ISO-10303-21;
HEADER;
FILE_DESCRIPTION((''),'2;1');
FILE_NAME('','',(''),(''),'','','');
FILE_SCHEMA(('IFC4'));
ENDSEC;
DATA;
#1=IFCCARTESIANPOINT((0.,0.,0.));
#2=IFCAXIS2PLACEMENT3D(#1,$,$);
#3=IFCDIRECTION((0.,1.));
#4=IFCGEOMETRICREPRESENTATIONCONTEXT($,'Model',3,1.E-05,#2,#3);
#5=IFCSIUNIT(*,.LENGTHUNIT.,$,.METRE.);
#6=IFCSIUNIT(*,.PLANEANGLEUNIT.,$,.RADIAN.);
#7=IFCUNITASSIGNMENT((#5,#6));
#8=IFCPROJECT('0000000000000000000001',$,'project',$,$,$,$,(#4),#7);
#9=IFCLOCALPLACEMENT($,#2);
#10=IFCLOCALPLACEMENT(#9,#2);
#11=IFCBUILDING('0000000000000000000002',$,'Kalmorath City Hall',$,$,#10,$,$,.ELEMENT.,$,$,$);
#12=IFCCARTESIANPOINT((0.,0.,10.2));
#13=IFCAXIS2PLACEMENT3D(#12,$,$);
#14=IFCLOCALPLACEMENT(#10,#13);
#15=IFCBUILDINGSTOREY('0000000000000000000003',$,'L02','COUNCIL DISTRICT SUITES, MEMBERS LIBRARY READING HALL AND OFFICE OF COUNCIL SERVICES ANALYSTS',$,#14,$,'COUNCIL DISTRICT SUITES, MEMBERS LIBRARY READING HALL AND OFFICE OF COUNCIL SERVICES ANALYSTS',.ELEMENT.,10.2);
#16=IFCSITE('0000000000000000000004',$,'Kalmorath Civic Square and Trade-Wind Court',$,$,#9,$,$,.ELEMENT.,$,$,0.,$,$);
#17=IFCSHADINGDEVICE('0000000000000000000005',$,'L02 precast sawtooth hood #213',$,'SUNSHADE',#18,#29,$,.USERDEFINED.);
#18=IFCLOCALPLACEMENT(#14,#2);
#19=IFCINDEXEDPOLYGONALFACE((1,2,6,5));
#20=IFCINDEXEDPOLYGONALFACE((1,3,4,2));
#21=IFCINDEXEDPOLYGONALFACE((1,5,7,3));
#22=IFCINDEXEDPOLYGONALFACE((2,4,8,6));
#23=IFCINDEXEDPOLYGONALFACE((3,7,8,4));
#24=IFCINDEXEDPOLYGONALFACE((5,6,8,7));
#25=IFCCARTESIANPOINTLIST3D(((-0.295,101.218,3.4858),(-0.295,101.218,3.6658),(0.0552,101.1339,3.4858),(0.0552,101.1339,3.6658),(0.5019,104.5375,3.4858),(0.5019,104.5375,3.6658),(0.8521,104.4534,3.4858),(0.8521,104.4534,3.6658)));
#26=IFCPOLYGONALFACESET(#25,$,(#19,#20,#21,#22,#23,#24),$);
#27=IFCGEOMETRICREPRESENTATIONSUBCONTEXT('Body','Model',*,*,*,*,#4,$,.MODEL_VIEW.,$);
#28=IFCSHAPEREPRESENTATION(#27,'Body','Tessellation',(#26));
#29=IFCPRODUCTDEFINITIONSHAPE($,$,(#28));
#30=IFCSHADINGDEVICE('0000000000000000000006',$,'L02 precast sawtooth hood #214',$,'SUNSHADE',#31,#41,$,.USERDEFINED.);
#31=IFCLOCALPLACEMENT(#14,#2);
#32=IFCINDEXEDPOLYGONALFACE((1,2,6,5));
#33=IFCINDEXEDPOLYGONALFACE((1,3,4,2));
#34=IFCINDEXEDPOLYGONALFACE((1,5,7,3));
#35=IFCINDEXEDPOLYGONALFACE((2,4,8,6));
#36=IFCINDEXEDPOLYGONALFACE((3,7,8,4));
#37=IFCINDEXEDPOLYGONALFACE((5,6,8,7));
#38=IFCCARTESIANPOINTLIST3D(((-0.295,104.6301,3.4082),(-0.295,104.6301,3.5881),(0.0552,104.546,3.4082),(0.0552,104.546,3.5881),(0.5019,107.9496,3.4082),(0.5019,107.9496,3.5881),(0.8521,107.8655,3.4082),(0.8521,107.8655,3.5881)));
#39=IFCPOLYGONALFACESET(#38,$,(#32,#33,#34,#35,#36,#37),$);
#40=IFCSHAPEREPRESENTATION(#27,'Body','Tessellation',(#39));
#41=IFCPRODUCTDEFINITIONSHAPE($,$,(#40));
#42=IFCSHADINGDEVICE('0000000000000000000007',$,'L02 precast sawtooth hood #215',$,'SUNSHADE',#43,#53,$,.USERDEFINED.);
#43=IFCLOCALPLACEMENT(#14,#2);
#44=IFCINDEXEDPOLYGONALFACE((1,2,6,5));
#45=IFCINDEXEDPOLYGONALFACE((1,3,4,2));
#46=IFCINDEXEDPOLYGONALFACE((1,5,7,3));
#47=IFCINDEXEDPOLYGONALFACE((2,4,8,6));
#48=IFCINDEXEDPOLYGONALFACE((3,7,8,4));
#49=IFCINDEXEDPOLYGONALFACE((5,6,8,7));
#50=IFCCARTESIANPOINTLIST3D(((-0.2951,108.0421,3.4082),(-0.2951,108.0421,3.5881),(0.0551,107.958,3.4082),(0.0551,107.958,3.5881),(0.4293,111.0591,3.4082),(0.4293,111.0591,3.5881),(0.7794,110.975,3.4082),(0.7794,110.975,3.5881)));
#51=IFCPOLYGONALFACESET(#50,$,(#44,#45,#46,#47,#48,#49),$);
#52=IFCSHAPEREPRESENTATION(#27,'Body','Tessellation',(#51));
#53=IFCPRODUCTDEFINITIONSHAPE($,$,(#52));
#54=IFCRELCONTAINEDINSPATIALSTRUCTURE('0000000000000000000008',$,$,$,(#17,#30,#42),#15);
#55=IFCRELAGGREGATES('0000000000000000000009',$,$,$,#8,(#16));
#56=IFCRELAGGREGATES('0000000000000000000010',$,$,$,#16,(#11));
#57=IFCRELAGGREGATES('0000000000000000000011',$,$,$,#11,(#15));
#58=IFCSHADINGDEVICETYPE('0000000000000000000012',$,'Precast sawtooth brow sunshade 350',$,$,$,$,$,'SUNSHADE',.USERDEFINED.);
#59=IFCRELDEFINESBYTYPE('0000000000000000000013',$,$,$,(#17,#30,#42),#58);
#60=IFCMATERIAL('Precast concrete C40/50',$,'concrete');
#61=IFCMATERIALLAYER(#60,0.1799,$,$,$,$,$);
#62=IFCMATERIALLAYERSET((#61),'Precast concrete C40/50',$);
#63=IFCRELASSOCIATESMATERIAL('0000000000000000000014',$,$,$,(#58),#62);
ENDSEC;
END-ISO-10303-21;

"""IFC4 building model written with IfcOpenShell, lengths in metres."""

from ifc_helpers import new_model, si_unit, direction, frame, origin, origin_2d, place, context, subcontext, project, spatial, rectangle, extrude, material, layer, layer_set, type_object, element, save


model = new_model("IFC4")

# Units and contexts
model_context = context("Model", 3, precision=1e-05, world=origin(), true_north=direction((0.0, 1.0)))
body_context = subcontext(model_context, "Body", "Model", "MODEL_VIEW")
ifc_project = project(units=[si_unit("LENGTHUNIT", "METRE"), si_unit("PLANEANGLEUNIT", "RADIAN")], contexts=[model_context])

# Site, building, storey
site_placement = place(None, origin())
site = spatial("IfcSite", under=ifc_project, at=site_placement, Name="Kalmorath Civic Square and Trade-Wind Court", CompositionType="ELEMENT", RefElevation=0.0)
building_placement = place(site_placement, origin())
building = spatial("IfcBuilding", under=site, at=building_placement, Name="Kalmorath City Hall", CompositionType="ELEMENT")
storey_placement = place(building_placement, frame((0.0, 0.0, 10.2)))
storey = spatial("IfcBuildingStorey", under=building, at=storey_placement, Name="L02", Description="COUNCIL DISTRICT SUITES, MEMBERS LIBRARY READING HALL AND OFFICE OF COUNCIL SERVICES ANALYSTS", LongName="COUNCIL DISTRICT SUITES, MEMBERS LIBRARY READING HALL AND OFFICE OF COUNCIL SERVICES ANALYSTS", CompositionType="ELEMENT", Elevation=10.2)

# Shading devices
ifc_material_1 = material(Name="Precast concrete C40/50", Category="concrete")
ifc_layer_1 = layer(ifc_material_1, 0.1799)
ifc_layer_set_1 = layer_set([ifc_layer_1], Name="Precast concrete C40/50")
shading_device_type = type_object("IfcShadingDeviceType", Name="Precast sawtooth brow sunshade 350", ElementType="SUNSHADE", PredefinedType="USERDEFINED", material=ifc_layer_set_1)
for number, where, z_axis, x_axis, name in (
    (1, (0.2786, 102.8357, 3.4858), (0.0, 0.0, 1.0), (0.233428, 0.972374, 0.0), "L02 precast sawtooth hood #213"),
    (2, (0.2786, 106.2478, 3.4082), (0.0, 0.0, 1.0), (0.233428, 0.972374, 0.0), "L02 precast sawtooth hood #214"),
):
    element("IfcShadingDevice", number, at=place(storey_placement, frame(where, z_axis=z_axis, x_axis=x_axis)), inside=storey, type_object=shading_device_type, Name=name, ObjectType="SUNSHADE", PredefinedType="USERDEFINED", context=body_context, shape_type="SweptSolid", body=[
        extrude(rectangle(XDim=3.4138, YDim=0.3601, at=origin_2d()), origin(), (0.0, 0.0, 1.0), 0.1799),
    ])
shading_device_placement = place(storey_placement, frame((0.2422, 109.5085, 3.4082), z_axis=(0.0, 0.0, 1.0), x_axis=(0.233445, 0.97237, 0.0)))
element("IfcShadingDevice", 3, at=shading_device_placement, inside=storey, type_object=shading_device_type, Name="L02 precast sawtooth hood #215", ObjectType="SUNSHADE", PredefinedType="USERDEFINED", context=body_context, shape_type="SweptSolid", body=[
    extrude(rectangle(XDim=3.1028, YDim=0.3601, at=origin_2d()), origin(), (0.0, 0.0, 1.0), 0.1799),
])

save(model, "model.ifc")
